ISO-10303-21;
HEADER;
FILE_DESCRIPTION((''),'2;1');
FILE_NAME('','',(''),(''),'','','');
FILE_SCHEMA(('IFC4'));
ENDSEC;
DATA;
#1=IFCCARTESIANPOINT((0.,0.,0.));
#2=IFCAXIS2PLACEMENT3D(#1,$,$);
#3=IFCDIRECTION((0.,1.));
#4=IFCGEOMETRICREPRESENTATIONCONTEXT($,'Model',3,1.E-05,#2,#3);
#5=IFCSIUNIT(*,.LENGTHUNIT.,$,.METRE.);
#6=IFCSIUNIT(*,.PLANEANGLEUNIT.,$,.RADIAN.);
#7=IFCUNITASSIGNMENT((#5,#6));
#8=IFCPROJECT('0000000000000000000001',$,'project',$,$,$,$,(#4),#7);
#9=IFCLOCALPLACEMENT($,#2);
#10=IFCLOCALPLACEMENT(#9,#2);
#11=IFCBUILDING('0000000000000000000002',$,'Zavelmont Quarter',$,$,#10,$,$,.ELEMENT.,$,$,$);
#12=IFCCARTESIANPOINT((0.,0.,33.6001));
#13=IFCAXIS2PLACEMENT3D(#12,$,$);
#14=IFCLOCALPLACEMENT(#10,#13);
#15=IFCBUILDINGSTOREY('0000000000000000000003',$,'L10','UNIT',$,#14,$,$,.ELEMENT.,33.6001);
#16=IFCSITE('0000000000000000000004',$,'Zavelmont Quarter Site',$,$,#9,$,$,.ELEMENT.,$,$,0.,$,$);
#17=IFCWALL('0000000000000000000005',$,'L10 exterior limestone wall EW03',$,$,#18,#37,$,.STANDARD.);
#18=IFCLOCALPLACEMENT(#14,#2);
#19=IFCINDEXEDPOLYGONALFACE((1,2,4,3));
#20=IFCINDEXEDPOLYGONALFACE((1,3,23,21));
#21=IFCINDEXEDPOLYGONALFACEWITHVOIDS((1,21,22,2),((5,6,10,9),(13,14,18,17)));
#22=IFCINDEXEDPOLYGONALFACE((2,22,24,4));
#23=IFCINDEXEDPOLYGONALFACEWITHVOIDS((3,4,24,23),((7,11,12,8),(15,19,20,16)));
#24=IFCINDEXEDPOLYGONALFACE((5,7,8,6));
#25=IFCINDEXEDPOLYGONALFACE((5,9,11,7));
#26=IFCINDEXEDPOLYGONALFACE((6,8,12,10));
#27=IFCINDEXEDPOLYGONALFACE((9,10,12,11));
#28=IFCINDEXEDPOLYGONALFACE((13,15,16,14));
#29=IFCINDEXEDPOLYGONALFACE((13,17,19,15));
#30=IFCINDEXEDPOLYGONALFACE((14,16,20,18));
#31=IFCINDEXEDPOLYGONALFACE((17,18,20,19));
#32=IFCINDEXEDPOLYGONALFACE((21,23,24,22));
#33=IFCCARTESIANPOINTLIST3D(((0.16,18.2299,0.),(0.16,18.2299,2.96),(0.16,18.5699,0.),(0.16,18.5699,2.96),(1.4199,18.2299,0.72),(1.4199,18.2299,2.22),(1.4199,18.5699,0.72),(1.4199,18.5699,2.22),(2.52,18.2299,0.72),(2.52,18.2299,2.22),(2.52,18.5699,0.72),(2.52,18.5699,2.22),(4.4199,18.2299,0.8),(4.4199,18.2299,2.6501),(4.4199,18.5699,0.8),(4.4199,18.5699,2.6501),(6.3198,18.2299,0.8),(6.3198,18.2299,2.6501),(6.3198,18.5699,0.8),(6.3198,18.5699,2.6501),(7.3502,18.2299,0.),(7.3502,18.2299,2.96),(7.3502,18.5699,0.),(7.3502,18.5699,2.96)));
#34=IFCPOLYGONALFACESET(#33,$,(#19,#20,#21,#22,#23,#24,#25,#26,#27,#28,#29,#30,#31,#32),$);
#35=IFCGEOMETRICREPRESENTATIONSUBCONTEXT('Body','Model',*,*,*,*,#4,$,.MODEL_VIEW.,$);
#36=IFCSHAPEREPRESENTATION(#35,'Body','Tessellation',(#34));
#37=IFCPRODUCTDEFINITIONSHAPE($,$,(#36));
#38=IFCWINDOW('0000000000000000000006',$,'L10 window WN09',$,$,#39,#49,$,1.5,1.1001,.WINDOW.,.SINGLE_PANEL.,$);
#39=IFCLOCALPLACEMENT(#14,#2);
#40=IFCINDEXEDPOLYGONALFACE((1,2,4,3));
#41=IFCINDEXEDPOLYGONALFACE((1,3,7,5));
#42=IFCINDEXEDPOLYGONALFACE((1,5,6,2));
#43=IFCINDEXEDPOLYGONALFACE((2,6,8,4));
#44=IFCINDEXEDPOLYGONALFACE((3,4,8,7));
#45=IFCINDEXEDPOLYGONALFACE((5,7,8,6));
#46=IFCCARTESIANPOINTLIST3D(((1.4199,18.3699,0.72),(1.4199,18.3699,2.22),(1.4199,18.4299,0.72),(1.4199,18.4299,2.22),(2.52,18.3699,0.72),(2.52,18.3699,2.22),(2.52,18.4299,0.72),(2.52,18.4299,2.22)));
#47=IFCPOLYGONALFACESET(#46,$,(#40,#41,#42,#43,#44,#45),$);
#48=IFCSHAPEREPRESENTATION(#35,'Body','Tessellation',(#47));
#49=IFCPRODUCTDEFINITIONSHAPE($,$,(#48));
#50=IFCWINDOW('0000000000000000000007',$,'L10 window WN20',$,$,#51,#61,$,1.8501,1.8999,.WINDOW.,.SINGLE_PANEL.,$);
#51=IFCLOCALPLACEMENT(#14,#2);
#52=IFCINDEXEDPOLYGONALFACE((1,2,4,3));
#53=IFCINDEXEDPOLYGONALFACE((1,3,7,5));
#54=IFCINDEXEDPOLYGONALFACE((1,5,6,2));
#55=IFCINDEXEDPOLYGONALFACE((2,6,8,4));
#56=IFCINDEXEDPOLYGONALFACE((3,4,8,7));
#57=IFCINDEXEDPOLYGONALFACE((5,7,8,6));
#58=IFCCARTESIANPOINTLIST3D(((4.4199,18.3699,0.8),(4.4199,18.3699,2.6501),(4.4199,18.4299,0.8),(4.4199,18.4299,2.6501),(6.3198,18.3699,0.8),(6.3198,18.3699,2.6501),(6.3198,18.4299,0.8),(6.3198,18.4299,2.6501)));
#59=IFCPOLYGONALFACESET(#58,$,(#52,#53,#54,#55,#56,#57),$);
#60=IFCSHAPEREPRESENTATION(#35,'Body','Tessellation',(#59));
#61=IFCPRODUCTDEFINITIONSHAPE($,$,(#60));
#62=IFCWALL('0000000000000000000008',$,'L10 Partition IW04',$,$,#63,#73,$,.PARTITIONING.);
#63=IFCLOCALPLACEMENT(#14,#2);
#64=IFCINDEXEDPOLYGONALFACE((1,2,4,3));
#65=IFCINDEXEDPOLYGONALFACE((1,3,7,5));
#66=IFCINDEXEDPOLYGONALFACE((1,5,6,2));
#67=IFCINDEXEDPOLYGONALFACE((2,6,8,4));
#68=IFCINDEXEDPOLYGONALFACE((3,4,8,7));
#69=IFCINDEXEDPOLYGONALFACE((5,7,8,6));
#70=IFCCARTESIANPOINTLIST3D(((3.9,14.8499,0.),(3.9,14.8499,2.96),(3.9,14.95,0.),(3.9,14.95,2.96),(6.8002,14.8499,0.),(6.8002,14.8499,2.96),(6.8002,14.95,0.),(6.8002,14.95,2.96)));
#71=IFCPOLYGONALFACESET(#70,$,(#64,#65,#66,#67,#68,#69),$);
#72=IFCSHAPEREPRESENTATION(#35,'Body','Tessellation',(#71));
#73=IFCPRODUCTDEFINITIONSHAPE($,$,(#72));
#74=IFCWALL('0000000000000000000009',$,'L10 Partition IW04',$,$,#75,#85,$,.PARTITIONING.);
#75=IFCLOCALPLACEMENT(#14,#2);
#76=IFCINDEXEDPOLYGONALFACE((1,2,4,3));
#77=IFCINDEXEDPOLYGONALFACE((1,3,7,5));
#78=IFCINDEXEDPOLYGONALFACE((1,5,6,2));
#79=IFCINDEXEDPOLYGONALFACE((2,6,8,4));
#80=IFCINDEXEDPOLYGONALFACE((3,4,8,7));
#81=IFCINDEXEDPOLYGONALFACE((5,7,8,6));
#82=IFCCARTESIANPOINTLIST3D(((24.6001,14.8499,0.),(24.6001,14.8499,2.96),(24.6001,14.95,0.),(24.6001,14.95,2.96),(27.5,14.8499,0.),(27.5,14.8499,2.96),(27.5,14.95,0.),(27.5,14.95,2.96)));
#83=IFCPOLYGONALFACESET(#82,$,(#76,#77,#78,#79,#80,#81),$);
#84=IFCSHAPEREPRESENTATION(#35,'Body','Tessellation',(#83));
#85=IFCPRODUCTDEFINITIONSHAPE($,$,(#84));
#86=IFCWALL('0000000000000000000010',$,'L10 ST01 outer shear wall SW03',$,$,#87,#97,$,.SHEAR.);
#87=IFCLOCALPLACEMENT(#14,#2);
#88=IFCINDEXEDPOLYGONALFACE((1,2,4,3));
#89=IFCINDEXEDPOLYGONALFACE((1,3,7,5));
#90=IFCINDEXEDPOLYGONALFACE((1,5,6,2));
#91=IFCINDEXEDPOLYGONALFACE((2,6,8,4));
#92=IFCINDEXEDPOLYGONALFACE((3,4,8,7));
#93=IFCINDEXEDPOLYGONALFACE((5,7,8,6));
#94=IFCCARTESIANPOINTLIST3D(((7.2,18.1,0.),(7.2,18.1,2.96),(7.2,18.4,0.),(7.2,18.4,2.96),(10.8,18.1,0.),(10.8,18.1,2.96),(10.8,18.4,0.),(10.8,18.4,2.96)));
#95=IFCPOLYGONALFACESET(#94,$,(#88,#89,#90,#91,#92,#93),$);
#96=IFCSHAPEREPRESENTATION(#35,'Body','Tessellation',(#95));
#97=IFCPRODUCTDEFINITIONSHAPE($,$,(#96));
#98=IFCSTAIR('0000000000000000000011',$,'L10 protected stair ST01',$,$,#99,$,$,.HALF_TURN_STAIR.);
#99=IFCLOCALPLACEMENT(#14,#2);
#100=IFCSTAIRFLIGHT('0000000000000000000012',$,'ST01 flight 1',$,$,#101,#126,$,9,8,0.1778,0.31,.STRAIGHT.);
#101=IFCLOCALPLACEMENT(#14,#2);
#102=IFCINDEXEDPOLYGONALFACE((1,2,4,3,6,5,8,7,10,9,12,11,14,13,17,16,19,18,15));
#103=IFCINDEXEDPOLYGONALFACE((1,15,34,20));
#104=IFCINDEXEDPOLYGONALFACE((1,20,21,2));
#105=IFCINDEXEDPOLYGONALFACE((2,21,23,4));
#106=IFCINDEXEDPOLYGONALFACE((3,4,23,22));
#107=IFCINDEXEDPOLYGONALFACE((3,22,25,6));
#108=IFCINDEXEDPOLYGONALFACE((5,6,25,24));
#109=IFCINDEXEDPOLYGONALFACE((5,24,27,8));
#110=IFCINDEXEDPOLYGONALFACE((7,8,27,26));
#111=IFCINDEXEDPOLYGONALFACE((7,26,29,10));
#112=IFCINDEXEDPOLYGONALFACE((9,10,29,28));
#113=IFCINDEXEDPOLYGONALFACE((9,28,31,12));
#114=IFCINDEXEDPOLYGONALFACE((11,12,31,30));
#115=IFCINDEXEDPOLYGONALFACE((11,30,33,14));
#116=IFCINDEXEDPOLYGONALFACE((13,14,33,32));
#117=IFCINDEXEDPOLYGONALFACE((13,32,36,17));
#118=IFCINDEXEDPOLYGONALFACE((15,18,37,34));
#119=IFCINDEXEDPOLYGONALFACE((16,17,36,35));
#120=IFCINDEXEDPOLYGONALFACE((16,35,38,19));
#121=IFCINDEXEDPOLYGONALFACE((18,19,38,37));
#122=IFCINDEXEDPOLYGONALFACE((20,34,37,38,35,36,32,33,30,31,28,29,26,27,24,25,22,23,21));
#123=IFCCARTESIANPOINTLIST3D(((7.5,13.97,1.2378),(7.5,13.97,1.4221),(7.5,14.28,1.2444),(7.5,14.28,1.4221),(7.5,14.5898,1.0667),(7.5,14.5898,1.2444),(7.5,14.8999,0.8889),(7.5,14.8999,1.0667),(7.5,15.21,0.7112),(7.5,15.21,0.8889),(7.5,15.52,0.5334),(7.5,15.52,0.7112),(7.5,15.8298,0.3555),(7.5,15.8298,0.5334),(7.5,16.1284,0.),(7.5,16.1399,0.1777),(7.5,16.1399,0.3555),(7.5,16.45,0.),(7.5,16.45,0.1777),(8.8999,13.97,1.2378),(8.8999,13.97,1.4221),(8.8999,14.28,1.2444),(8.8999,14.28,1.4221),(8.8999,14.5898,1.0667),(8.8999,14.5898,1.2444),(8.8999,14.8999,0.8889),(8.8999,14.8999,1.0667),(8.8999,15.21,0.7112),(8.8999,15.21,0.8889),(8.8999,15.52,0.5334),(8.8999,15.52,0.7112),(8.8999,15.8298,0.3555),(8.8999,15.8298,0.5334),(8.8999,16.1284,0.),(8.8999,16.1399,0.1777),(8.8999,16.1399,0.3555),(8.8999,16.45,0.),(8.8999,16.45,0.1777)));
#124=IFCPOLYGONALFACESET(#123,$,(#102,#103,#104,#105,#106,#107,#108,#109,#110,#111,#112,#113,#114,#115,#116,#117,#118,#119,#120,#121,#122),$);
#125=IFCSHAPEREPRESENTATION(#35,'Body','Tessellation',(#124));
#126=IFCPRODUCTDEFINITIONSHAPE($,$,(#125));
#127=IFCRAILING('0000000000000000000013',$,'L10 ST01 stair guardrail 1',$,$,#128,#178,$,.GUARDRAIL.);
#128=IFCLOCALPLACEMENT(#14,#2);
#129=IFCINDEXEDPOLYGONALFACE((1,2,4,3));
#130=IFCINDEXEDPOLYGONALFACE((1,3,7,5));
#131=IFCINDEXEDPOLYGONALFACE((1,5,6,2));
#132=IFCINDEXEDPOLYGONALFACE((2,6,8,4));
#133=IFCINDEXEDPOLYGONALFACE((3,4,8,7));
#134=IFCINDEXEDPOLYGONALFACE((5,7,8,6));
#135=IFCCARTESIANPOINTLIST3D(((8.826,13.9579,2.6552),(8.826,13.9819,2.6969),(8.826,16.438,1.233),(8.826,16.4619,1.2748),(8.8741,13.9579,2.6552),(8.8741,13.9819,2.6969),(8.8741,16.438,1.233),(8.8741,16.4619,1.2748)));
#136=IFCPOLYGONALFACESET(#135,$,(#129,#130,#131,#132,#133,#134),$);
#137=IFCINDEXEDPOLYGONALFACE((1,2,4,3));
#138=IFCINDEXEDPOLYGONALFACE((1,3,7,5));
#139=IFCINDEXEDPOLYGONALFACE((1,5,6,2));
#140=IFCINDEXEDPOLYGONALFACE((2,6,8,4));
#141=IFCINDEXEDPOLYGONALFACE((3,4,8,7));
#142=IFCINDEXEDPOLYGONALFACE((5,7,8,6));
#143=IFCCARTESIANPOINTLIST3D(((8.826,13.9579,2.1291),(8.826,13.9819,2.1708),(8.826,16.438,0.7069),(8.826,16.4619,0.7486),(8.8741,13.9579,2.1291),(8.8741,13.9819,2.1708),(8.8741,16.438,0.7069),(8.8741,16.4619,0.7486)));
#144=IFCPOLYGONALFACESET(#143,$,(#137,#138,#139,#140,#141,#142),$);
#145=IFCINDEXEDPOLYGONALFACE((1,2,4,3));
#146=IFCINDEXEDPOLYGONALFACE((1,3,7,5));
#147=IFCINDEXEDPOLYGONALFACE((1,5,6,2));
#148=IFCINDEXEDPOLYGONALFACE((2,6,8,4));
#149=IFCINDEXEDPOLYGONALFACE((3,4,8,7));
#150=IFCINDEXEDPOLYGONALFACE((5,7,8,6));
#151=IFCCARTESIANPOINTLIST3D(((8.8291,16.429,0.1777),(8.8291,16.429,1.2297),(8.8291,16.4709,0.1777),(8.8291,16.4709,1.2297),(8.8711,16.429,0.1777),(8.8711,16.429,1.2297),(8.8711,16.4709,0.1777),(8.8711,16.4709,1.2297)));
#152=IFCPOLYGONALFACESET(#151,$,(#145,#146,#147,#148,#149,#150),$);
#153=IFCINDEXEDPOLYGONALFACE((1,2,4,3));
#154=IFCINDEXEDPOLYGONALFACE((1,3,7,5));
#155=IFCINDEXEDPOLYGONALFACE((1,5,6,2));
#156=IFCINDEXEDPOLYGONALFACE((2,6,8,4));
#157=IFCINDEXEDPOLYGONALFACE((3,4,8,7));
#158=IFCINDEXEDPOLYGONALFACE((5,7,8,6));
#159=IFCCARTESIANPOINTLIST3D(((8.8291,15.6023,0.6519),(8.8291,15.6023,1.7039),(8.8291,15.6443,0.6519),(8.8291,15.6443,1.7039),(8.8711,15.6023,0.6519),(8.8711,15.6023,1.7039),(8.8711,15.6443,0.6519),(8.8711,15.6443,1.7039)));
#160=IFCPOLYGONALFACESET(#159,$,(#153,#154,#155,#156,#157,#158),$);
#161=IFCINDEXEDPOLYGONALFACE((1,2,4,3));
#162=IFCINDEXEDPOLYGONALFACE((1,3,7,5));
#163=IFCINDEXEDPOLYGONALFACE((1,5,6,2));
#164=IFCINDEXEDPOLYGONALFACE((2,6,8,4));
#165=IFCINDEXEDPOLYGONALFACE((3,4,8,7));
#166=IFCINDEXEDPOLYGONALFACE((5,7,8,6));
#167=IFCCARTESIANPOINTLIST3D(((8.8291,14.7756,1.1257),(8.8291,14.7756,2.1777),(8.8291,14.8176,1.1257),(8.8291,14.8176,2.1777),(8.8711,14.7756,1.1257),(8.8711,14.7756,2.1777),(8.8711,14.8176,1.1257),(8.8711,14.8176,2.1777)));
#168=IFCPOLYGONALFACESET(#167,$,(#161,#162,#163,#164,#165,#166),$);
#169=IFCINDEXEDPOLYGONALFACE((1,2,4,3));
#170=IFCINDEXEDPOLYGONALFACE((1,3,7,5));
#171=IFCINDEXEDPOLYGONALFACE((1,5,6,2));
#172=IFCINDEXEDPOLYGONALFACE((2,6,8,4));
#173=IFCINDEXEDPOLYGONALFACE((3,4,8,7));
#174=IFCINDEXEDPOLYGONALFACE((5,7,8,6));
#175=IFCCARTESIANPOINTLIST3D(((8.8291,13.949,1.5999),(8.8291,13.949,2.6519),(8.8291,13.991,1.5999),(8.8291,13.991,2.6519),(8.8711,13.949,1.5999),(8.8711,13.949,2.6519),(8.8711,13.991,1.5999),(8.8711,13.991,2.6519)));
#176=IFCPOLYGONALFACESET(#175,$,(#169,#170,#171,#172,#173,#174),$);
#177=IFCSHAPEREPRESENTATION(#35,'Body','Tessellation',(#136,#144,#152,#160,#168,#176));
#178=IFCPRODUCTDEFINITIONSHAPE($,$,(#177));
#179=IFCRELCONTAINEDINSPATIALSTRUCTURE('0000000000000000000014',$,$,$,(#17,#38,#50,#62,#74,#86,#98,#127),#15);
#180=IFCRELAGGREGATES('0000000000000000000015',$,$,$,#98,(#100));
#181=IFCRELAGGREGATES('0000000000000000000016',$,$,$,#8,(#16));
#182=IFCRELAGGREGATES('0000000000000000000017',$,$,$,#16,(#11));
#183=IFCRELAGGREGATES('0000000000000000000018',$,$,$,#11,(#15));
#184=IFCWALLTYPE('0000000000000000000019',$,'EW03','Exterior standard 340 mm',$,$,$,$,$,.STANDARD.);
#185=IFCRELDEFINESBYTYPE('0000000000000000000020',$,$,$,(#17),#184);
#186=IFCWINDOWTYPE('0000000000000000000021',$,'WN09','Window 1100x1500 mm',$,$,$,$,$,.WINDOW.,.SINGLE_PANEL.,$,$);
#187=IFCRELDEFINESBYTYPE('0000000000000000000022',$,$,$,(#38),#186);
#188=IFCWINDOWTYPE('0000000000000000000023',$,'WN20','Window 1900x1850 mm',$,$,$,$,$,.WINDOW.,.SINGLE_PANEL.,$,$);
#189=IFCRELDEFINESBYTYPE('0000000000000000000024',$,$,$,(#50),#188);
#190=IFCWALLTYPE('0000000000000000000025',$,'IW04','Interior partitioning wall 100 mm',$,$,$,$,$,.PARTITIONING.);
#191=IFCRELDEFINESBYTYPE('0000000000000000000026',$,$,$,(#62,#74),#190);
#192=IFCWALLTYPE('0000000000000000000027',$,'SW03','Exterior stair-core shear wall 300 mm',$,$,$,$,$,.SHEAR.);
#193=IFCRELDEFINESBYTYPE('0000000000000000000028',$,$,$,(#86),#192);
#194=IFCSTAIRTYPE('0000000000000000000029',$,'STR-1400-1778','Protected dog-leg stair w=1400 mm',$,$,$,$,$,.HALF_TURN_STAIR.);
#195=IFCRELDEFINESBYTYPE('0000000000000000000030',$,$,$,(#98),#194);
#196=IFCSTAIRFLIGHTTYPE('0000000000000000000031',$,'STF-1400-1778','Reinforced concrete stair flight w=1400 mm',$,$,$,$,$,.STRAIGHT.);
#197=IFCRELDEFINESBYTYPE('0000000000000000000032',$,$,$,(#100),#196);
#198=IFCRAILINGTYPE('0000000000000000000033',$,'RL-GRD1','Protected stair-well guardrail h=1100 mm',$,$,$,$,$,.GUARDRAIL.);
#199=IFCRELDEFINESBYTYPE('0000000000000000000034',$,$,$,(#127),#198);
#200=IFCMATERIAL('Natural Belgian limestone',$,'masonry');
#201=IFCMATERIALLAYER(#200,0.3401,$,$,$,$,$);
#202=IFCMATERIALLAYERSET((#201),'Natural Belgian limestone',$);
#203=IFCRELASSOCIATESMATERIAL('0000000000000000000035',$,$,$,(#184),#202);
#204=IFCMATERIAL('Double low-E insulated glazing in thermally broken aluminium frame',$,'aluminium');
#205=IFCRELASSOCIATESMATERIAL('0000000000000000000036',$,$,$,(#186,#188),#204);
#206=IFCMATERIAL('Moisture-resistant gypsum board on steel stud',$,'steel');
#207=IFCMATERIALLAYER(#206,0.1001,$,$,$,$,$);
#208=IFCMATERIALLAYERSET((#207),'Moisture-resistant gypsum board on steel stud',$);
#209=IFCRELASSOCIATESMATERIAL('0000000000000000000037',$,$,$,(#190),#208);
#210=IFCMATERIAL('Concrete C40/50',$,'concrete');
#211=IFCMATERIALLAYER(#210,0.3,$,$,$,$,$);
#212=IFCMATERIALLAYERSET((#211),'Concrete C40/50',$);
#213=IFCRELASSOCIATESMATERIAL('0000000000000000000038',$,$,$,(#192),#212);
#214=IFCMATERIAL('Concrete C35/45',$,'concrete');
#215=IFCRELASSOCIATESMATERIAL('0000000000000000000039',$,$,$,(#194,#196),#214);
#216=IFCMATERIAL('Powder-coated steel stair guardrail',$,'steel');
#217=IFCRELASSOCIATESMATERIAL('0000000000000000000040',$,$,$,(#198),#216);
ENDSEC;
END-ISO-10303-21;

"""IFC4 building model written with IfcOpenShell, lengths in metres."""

from ifc_helpers import new_model, si_unit, direction, frame, frame_2d, origin, origin_with_axes, origin_2d, place, context, subcontext, project, spatial, polyline, rectangle, outline, extrude, material, layer, layer_set, type_object, element, fill, aggregate, save


model = new_model("IFC4")

# Units and contexts
model_context = context("Model", 3, precision=1e-05, world=origin(), true_north=direction((0.0, 1.0)))
body_context = subcontext(model_context, "Body", "Model", "MODEL_VIEW")
ifc_project = project(units=[si_unit("LENGTHUNIT", "METRE"), si_unit("PLANEANGLEUNIT", "RADIAN")], contexts=[model_context])

# Site, building, storey
site_placement = place(None, origin())
site = spatial("IfcSite", under=ifc_project, at=site_placement, Name="Zavelmont Quarter Site", CompositionType="ELEMENT", RefElevation=0.0)
building_placement = place(site_placement, origin())
building = spatial("IfcBuilding", under=site, at=building_placement, Name="Zavelmont Quarter", CompositionType="ELEMENT")
storey_placement = place(building_placement, frame((0.0, 0.0, 33.6001)))
storey = spatial("IfcBuildingStorey", under=building, at=storey_placement, Name="L10", Description="UNIT", CompositionType="ELEMENT", Elevation=33.6001)

# Shared definitions
ifc_material_1 = material(Name="Concrete C35/45", Category="concrete")

# Shared definitions
ifc_material_2 = material(Name="Concrete C40/50", Category="concrete")

# Wall, openings, windows
ifc_material_3 = material(Name="Natural Belgian limestone", Category="masonry")
ifc_layer_1 = layer(ifc_material_3, 0.3401)
ifc_layer_set_1 = layer_set([ifc_layer_1], Name="Natural Belgian limestone")
wall_type_1 = type_object("IfcWallType", Name="EW03", Description="Exterior standard 340 mm", PredefinedType="STANDARD", material=ifc_layer_set_1)
wall_1_placement = place(storey_placement, frame((0.1599, 18.3999, 0.0), z_axis=(0.0, 0.0, 1.0), x_axis=(1.0, 0.0, 0.0)))
wall_1 = element("IfcWall", 1, at=wall_1_placement, inside=storey, type_object=wall_type_1, Name="L10 exterior limestone wall EW03", PredefinedType="STANDARD", context=body_context, shape_type="SweptSolid", body=[
    extrude(rectangle(XDim=7.1902, YDim=0.3401, at=frame_2d((3.5952, 0.0))), origin(), (0.0, 0.0, 1.0), 2.96),
])
opening_1_placement = place(wall_1_placement, frame((1.26, 0.0, 0.72)))
opening_1 = element("IfcOpeningElement", 2, at=opening_1_placement, cuts=wall_1, PredefinedType="OPENING", context=body_context, shape_type="SweptSolid", body=[
    extrude(rectangle(XDim=1.1001, YDim=1.5, at=frame_2d((0.55, 0.75))), frame((0.0, 0.1821, 0.0), z_axis=(0.0, -1.0, 0.0), x_axis=(1.0, 0.0, 0.0)), (0.0, 0.0, 1.0), 0.364),
])
opening_2_placement = place(wall_1_placement, frame((4.26, 0.0, 0.8)))
opening_2 = element("IfcOpeningElement", 3, at=opening_2_placement, cuts=wall_1, PredefinedType="OPENING", context=body_context, shape_type="SweptSolid", body=[
    extrude(rectangle(XDim=1.8999, YDim=1.8501, at=frame_2d((0.95, 0.925))), frame((0.0, 0.1821, 0.0), z_axis=(0.0, -1.0, 0.0), x_axis=(1.0, 0.0, 0.0)), (0.0, 0.0, 1.0), 0.364),
])
ifc_material_4 = material(Name="Double low-E insulated glazing in thermally broken aluminium frame", Category="aluminium")
window_type_1 = type_object("IfcWindowType", Name="WN09", Description="Window 1100x1500 mm", PartitioningType="SINGLE_PANEL", PredefinedType="WINDOW", material=ifc_material_4)
window_1_placement = place(opening_1_placement, origin_with_axes())
window_1 = element("IfcWindow", 4, at=window_1_placement, inside=storey, type_object=window_type_1, Name="L10 window WN09", OverallHeight=1.5, OverallWidth=1.1001, PartitioningType="SINGLE_PANEL", PredefinedType="WINDOW", context=body_context, shape_type="SweptSolid", body=[
    extrude(rectangle(XDim=1.1001, YDim=1.5, at=frame_2d((0.55, 0.75))), frame((0.0, 0.03, 0.0), z_axis=(0.0, -1.0, 0.0), x_axis=(1.0, 0.0, 0.0)), (0.0, 0.0, 1.0), 0.0601),
])
fill(opening_1, window_1)
window_type_2 = type_object("IfcWindowType", Name="WN20", Description="Window 1900x1850 mm", PartitioningType="SINGLE_PANEL", PredefinedType="WINDOW", material=ifc_material_4)
window_2_placement = place(opening_2_placement, origin_with_axes())
window_2 = element("IfcWindow", 5, at=window_2_placement, inside=storey, type_object=window_type_2, Name="L10 window WN20", OverallHeight=1.8501, OverallWidth=1.8999, PartitioningType="SINGLE_PANEL", PredefinedType="WINDOW", context=body_context, shape_type="SweptSolid", body=[
    extrude(rectangle(XDim=1.8999, YDim=1.8501, at=frame_2d((0.95, 0.925))), frame((0.0, 0.03, 0.0), z_axis=(0.0, -1.0, 0.0), x_axis=(1.0, 0.0, 0.0)), (0.0, 0.0, 1.0), 0.0601),
])
fill(opening_2, window_2)

# Walls
ifc_material_5 = material(Name="Moisture-resistant gypsum board on steel stud", Category="steel")
ifc_layer_2 = layer(ifc_material_5, 0.1001)
ifc_layer_set_2 = layer_set([ifc_layer_2], Name="Moisture-resistant gypsum board on steel stud")
wall_type_2 = type_object("IfcWallType", Name="IW04", Description="Interior partitioning wall 100 mm", PredefinedType="PARTITIONING", material=ifc_layer_set_2)
wall_2_placement = place(storey_placement, frame((3.8999, 14.8999, 0.0), z_axis=(0.0, 0.0, 1.0), x_axis=(1.0, 0.0, 0.0)))
element("IfcWall", 6, at=wall_2_placement, inside=storey, type_object=wall_type_2, Name="L10 Partition IW04", PredefinedType="PARTITIONING", context=body_context, shape_type="SweptSolid", body=[
    extrude(rectangle(XDim=2.9001, YDim=0.1001, at=frame_2d((1.4502, 0.0))), origin(), (0.0, 0.0, 1.0), 2.96),
])
wall_3_placement = place(storey_placement, frame((24.6001, 14.8999, 0.0), z_axis=(0.0, 0.0, 1.0), x_axis=(1.0, 0.0, 0.0)))
element("IfcWall", 7, at=wall_3_placement, inside=storey, type_object=wall_type_2, Name="L10 Partition IW04", PredefinedType="PARTITIONING", context=body_context, shape_type="SweptSolid", body=[
    extrude(rectangle(XDim=2.8999, YDim=0.1001, at=frame_2d((1.45, 0.0))), origin(), (0.0, 0.0, 1.0), 2.96),
])
ifc_layer_3 = layer(ifc_material_2, 0.3)
ifc_layer_set_3 = layer_set([ifc_layer_3], Name="Concrete C40/50")
wall_type_3 = type_object("IfcWallType", Name="SW03", Description="Exterior stair-core shear wall 300 mm", PredefinedType="SHEAR", material=ifc_layer_set_3)
wall_4_placement = place(storey_placement, frame((7.2, 18.25, 0.0), z_axis=(0.0, 0.0, 1.0), x_axis=(1.0, 0.0, 0.0)))
element("IfcWall", 8, at=wall_4_placement, inside=storey, type_object=wall_type_3, Name="L10 ST01 outer shear wall SW03", PredefinedType="SHEAR", context=body_context, shape_type="SweptSolid", body=[
    extrude(rectangle(XDim=3.6001, YDim=0.3, at=frame_2d((1.8, 0.0))), origin(), (0.0, 0.0, 1.0), 2.96),
])

# Stair, stair flight
stair_type = type_object("IfcStairType", Name="STR-1400-1778", Description="Protected dog-leg stair w=1400 mm", PredefinedType="HALF_TURN_STAIR", material=ifc_material_1)
stair_placement = place(storey_placement, origin())
stair = element("IfcStair", 9, at=stair_placement, inside=storey, type_object=stair_type, Name="L10 protected stair ST01", PredefinedType="HALF_TURN_STAIR")
stair_flight_type = type_object("IfcStairFlightType", Name="STF-1400-1778", Description="Reinforced concrete stair flight w=1400 mm", PredefinedType="STRAIGHT", material=ifc_material_1)
stair_flight_placement = place(storey_placement, frame((8.2, 16.45, 0.0), z_axis=(0.0, 0.0, 1.0), x_axis=(0.0, -1.0, 0.0)))
stair_flight = element("IfcStairFlight", 10, at=stair_flight_placement, type_object=stair_flight_type, Name="ST01 flight 1", NumberOfRisers=9, NumberOfTreads=8, PredefinedType="STRAIGHT", RiserHeight=0.1778, TreadLength=0.31, context=body_context, shape_type="SweptSolid", body=[
    extrude(outline(polyline([(0.0, 0.0), (0.0, 0.1777), (0.3101, 0.1777), (0.3101, 0.3555), (0.6201, 0.3555), (0.6201, 0.5334), (0.9299, 0.5334), (0.9299, 0.7112), (1.24, 0.7112), (1.24, 0.8889), (1.55, 0.8889), (1.55, 1.0667), (1.8601, 1.0667), (1.8601, 1.2444), (2.1699, 1.2444), (2.1699, 1.4221), (2.48, 1.4221), (2.48, 1.6001), (2.48, 1.2378), (0.3215, 0.0), (0.0, 0.0)])), frame((0.0, 0.7, 0.0), z_axis=(0.0, -1.0, 0.0), x_axis=(1.0, 0.0, 0.0)), (0.0, 0.0, 1.0), 1.3999),
])
aggregate(stair, [stair_flight])

# Railing
ifc_material_6 = material(Name="Powder-coated steel stair guardrail", Category="steel")
railing_type_1 = type_object("IfcRailingType", Name="RL-GRD1", Description="Protected stair-well guardrail h=1100 mm", PredefinedType="GUARDRAIL", material=ifc_material_6)
railing_1_placement = place(storey_placement, frame((8.8501, 16.45, 0.1777)))
element("IfcRailing", 11, at=railing_1_placement, inside=storey, type_object=railing_type_1, Name="L10 ST01 stair guardrail 1", PredefinedType="GUARDRAIL", context=body_context, shape_type="SweptSolid", body=[
    extrude(rectangle(XDim=0.0481, YDim=0.0481, at=origin_2d()), frame((0.0, 0.0, 1.0762), z_axis=(0.0, -0.867491, 0.497454), x_axis=(1.0, 0.0, 0.0)), (0.0, 0.0, 1.0), 2.8589),
    extrude(rectangle(XDim=0.0481, YDim=0.0481, at=origin_2d()), frame((0.0, 0.0, 0.55), z_axis=(0.0, -0.867491, 0.497454), x_axis=(1.0, 0.0, 0.0)), (0.0, 0.0, 1.0), 2.8589),
    extrude(rectangle(XDim=0.042, YDim=0.042, at=origin_2d()), origin(), (0.0, 0.0, 1.0), 1.052),
    extrude(rectangle(XDim=0.042, YDim=0.042, at=origin_2d()), frame((0.0, -0.8267, 0.4741)), (0.0, 0.0, 1.0), 1.052),
    extrude(rectangle(XDim=0.042, YDim=0.042, at=origin_2d()), frame((0.0, -1.6533, 0.948)), (0.0, 0.0, 1.0), 1.052),
    extrude(rectangle(XDim=0.042, YDim=0.042, at=origin_2d()), frame((0.0, -2.48, 1.4221)), (0.0, 0.0, 1.0), 1.052),
])

save(model, "model.ifc")
